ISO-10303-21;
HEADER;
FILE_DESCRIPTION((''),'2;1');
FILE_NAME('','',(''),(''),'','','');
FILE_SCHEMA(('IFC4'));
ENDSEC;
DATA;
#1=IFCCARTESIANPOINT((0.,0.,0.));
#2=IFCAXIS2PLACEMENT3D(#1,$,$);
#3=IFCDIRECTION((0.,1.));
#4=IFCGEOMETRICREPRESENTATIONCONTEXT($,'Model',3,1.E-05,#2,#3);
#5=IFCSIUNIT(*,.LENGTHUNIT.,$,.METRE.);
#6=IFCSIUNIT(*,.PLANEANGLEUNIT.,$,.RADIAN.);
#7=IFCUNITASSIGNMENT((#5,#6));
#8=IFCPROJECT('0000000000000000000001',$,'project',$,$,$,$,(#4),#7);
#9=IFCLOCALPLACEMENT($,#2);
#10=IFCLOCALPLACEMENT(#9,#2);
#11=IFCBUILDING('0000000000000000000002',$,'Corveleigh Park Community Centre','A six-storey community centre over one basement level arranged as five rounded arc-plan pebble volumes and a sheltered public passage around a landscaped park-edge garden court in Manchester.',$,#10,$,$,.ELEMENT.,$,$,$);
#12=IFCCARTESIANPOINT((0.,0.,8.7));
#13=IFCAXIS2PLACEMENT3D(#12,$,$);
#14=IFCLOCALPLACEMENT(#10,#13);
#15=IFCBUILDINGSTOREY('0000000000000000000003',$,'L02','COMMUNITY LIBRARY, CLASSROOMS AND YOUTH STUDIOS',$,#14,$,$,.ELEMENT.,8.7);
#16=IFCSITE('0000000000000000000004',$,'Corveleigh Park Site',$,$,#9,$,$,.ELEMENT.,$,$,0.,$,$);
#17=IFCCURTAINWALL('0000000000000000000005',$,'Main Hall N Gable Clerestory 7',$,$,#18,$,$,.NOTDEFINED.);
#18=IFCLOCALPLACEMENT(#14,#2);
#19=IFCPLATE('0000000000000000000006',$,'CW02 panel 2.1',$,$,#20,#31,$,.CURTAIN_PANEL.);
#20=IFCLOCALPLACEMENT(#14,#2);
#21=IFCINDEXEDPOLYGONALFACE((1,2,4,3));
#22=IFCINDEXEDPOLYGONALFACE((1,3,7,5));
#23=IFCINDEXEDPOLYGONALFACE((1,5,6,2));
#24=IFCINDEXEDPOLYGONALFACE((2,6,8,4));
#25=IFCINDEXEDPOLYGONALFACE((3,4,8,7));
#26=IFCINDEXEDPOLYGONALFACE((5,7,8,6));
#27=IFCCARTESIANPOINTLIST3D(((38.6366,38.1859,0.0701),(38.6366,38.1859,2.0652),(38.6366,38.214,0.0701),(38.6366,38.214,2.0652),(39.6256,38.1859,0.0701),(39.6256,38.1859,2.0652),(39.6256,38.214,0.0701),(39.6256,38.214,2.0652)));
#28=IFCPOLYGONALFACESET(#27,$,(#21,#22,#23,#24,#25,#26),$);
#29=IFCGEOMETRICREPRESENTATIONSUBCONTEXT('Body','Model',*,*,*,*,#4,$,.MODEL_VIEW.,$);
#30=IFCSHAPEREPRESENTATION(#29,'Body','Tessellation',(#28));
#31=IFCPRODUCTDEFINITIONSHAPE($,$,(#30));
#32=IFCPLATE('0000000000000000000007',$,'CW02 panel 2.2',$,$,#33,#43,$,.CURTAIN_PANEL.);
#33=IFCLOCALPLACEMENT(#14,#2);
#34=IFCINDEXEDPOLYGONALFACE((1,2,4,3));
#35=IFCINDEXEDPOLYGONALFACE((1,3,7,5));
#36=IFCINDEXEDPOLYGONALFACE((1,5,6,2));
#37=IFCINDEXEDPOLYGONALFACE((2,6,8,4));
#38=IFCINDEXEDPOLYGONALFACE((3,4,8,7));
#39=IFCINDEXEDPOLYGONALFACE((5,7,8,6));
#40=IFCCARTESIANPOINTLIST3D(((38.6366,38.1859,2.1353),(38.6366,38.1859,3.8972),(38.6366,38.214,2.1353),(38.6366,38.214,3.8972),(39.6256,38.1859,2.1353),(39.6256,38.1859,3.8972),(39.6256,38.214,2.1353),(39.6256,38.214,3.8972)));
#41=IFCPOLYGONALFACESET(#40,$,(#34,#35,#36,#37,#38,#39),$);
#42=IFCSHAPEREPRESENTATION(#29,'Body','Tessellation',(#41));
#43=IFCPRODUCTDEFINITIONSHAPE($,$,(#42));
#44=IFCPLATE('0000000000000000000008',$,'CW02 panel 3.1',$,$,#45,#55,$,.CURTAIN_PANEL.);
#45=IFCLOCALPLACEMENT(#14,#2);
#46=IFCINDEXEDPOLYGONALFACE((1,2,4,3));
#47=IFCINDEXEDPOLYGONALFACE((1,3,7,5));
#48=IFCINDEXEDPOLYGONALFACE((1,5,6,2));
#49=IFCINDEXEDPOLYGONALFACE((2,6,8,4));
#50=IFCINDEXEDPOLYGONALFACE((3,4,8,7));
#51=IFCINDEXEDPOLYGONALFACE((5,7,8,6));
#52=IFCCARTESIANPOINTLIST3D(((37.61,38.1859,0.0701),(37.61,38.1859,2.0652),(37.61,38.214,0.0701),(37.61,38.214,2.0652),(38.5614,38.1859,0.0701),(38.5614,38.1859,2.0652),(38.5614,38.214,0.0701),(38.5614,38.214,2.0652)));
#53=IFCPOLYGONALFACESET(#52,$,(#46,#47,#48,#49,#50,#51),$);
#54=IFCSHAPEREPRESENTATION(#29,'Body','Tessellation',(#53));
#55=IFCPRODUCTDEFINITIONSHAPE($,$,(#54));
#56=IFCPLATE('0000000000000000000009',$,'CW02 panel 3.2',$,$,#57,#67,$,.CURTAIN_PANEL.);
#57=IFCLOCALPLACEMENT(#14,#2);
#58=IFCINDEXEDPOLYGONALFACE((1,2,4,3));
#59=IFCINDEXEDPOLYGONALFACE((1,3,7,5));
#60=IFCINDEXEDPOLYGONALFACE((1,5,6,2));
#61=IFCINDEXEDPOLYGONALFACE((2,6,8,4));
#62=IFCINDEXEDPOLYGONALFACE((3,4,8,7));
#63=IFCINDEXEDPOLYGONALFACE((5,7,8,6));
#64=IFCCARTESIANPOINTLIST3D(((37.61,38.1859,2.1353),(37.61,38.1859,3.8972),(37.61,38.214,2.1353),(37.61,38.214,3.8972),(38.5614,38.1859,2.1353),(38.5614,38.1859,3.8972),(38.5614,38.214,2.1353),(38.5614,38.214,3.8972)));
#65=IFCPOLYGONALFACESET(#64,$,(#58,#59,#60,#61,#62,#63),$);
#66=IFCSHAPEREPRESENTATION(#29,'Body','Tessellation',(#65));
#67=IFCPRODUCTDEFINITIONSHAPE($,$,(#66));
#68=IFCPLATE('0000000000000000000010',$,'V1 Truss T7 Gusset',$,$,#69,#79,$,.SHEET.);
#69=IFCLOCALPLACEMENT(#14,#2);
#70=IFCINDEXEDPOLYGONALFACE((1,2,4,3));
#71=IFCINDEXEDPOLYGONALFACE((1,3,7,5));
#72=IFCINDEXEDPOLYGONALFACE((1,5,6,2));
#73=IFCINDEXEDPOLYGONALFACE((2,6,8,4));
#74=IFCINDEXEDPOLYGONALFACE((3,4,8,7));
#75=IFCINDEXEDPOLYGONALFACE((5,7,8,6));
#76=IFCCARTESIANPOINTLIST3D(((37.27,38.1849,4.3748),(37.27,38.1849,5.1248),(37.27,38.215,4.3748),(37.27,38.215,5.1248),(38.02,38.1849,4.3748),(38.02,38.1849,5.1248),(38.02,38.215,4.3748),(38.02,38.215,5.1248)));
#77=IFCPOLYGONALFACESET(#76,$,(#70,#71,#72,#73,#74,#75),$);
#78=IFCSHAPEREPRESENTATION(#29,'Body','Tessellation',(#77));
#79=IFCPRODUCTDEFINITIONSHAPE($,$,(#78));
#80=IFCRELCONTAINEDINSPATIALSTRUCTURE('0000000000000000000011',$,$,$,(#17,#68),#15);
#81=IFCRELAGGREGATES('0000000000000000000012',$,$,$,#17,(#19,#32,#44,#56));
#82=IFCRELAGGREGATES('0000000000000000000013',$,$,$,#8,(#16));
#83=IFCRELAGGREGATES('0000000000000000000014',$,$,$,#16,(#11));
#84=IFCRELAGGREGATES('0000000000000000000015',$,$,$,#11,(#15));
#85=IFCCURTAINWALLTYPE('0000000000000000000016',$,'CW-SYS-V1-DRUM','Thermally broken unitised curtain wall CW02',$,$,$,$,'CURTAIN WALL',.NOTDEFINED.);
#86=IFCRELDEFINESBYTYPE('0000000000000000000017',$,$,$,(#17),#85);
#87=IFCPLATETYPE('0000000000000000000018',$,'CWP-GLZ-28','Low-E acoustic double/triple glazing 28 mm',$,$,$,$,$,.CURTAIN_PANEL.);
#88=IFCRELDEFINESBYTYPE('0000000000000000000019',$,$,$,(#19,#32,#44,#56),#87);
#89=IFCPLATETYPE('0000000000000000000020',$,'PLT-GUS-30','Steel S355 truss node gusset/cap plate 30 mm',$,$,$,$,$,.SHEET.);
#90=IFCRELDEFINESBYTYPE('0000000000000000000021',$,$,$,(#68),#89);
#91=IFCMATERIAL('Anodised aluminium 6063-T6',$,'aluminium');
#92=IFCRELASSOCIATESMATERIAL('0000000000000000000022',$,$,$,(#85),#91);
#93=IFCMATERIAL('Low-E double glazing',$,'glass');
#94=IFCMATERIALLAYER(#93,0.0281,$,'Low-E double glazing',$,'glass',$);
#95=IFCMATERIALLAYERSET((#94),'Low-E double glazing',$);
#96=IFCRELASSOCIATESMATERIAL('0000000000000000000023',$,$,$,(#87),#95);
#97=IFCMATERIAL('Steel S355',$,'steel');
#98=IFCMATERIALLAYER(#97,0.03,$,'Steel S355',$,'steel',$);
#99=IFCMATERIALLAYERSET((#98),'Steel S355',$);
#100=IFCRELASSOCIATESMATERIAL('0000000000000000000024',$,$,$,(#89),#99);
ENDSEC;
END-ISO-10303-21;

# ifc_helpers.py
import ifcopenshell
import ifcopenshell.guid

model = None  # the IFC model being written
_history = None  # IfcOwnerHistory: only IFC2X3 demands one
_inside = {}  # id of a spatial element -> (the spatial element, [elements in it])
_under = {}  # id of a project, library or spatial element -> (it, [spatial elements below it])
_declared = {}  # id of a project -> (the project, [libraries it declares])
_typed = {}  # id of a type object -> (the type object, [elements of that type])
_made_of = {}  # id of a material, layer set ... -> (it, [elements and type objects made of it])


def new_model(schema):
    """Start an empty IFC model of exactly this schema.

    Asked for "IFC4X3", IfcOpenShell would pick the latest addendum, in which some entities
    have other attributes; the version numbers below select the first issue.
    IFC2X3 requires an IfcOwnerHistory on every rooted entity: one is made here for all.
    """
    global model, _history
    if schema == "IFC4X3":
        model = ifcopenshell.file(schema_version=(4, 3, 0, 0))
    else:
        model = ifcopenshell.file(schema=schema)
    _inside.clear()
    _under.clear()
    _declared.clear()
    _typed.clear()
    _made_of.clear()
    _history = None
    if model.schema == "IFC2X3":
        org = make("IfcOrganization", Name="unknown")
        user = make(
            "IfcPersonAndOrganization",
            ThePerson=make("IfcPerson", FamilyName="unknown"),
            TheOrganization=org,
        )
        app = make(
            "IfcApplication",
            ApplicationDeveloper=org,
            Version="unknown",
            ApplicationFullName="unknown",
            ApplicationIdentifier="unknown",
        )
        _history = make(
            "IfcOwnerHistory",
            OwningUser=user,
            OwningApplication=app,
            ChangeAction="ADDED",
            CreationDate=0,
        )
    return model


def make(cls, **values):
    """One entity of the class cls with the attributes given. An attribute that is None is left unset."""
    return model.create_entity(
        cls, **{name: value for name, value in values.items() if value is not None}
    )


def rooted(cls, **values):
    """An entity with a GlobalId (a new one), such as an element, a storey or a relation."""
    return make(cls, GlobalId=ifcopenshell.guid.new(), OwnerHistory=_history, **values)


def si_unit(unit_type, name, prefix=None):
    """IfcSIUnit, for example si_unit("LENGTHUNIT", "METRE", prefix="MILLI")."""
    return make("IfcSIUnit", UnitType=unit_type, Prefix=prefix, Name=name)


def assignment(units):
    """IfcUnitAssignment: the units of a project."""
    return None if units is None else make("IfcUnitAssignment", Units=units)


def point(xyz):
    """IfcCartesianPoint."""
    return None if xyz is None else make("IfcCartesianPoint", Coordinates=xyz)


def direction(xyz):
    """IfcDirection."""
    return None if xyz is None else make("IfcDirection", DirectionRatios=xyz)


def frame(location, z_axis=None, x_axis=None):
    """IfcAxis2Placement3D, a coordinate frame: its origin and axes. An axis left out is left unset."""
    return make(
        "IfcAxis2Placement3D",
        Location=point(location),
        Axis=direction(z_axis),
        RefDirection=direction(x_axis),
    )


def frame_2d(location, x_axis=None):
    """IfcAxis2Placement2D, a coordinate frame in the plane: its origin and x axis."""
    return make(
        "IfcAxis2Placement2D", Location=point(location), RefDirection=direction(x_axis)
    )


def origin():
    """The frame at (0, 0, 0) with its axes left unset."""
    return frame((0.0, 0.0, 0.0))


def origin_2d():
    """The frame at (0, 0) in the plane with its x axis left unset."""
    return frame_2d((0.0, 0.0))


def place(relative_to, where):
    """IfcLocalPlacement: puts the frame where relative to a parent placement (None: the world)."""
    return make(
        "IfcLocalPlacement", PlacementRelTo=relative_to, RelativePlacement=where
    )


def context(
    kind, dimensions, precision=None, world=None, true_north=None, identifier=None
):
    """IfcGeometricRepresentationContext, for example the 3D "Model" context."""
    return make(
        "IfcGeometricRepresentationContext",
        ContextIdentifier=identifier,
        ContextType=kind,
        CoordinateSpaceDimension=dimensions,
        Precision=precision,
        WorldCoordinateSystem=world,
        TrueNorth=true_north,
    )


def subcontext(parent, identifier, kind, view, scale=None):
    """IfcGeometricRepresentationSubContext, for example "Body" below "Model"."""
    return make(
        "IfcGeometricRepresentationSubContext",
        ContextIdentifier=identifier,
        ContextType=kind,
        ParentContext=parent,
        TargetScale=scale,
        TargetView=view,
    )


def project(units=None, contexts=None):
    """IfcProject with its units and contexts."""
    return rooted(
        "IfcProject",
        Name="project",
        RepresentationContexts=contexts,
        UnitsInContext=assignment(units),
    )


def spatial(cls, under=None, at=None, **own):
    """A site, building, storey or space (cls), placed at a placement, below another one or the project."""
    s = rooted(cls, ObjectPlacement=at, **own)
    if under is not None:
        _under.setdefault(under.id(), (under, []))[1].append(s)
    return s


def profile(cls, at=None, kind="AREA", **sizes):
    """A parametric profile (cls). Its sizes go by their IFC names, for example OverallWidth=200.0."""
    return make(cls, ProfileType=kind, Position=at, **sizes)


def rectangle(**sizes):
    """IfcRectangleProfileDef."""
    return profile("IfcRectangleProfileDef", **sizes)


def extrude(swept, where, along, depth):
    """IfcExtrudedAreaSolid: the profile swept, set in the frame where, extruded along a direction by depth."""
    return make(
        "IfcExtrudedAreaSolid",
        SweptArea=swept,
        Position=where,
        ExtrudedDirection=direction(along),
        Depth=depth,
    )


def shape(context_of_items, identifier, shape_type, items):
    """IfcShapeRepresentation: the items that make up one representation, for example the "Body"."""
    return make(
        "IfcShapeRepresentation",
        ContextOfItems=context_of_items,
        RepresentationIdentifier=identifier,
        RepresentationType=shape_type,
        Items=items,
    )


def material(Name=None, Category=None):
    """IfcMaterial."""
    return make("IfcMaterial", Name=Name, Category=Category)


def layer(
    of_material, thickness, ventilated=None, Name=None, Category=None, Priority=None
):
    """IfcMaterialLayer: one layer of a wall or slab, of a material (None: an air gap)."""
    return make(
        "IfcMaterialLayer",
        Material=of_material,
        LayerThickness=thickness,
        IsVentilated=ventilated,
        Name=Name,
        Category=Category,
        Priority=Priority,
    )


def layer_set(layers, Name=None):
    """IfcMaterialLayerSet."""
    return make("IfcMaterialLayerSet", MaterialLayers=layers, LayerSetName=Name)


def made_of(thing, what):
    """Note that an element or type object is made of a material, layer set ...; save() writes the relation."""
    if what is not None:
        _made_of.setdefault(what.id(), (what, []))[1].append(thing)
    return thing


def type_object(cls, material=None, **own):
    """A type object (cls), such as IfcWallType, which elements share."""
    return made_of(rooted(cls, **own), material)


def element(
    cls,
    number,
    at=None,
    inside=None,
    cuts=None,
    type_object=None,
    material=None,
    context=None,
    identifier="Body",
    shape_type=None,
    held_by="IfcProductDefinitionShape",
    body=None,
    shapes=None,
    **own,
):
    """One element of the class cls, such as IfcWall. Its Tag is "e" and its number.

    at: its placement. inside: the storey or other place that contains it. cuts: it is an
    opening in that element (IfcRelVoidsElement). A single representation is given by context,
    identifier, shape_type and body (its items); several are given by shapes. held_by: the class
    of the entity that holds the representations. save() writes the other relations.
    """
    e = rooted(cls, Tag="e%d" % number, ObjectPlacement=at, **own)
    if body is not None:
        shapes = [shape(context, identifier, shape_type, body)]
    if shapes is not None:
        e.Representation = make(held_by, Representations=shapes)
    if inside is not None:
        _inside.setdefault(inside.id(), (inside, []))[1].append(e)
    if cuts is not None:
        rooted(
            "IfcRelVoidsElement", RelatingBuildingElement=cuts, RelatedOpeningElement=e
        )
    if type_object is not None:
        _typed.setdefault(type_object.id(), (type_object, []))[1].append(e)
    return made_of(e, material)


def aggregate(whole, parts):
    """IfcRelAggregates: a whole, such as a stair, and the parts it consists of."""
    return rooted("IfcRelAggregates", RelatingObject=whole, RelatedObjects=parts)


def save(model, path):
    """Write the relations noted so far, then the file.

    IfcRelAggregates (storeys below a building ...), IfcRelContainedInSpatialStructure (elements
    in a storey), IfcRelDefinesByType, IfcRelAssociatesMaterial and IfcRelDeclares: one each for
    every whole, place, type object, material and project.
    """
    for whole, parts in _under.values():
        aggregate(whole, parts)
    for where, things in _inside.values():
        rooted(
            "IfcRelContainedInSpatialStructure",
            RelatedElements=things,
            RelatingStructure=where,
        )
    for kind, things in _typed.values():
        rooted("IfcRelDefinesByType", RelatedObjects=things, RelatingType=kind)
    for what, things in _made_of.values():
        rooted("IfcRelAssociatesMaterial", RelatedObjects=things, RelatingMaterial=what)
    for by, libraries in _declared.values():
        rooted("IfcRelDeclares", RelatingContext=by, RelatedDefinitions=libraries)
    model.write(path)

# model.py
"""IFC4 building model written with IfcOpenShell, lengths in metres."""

from ifc_helpers import new_model, si_unit, direction, frame, origin, origin_2d, place, context, subcontext, project, spatial, rectangle, extrude, material, layer, layer_set, type_object, element, aggregate, save


model = new_model("IFC4")

# Units and contexts
model_context = context("Model", 3, precision=1e-05, world=origin(), true_north=direction((0.0, 1.0)))
body_context = subcontext(model_context, "Body", "Model", "MODEL_VIEW")
ifc_project = project(units=[si_unit("LENGTHUNIT", "METRE"), si_unit("PLANEANGLEUNIT", "RADIAN")], contexts=[model_context])

# Site, building, storey
site_placement = place(None, origin())
site = spatial("IfcSite", under=ifc_project, at=site_placement, Name="Corveleigh Park Site", CompositionType="ELEMENT", RefElevation=0.0)
building_placement = place(site_placement, origin())
building = spatial("IfcBuilding", under=site, at=building_placement, Name="Corveleigh Park Community Centre", Description="A six-storey community centre over one basement level arranged as five rounded arc-plan pebble volumes and a sheltered public passage around a landscaped park-edge garden court in Manchester.", CompositionType="ELEMENT")
storey_placement = place(building_placement, frame((0.0, 0.0, 8.7)))
storey = spatial("IfcBuildingStorey", under=building, at=storey_placement, Name="L02", Description="COMMUNITY LIBRARY, CLASSROOMS AND YOUTH STUDIOS", CompositionType="ELEMENT", Elevation=8.7)

# Curtain wall
ifc_material_1 = material(Name="Anodised aluminium 6063-T6", Category="aluminium")
curtain_wall_type = type_object("IfcCurtainWallType", Name="CW-SYS-V1-DRUM", Description="Thermally broken unitised curtain wall CW02", ElementType="CURTAIN WALL", PredefinedType="NOTDEFINED", material=ifc_material_1)
curtain_wall_1_placement = place(storey_placement, origin())
curtain_wall_1 = element("IfcCurtainWall", 1, at=curtain_wall_1_placement, inside=storey, type_object=curtain_wall_type, Name="Main Hall N Gable Clerestory 7", PredefinedType="NOTDEFINED")

# Shared definitions
ifc_material_2 = material(Name="Steel S355", Category="steel")

# Plates
ifc_material_3 = material(Name="Low-E double glazing", Category="glass")
ifc_layer_1 = layer(ifc_material_3, 0.0281, Name="Low-E double glazing", Category="glass")
ifc_layer_set_1 = layer_set([ifc_layer_1], Name="Low-E double glazing")
plate_type_1 = type_object("IfcPlateType", Name="CWP-GLZ-28", Description="Low-E acoustic double/triple glazing 28 mm", PredefinedType="CURTAIN_PANEL", material=ifc_layer_set_1)
plate_1_placement = place(storey_placement, frame((39.1311, 38.2, 0.0701), z_axis=(0.0, 0.0, 1.0), x_axis=(-1.0, 0.0, 0.0)))
plate_1 = element("IfcPlate", 2, at=plate_1_placement, type_object=plate_type_1, Name="CW02 panel 2.1", PredefinedType="CURTAIN_PANEL", context=body_context, shape_type="SweptSolid", body=[
    extrude(rectangle(XDim=0.989, YDim=0.0281, at=origin_2d()), origin(), (0.0, 0.0, 1.0), 1.9951),
])
plate_2_placement = place(storey_placement, frame((39.1311, 38.2, 2.1353), z_axis=(0.0, 0.0, 1.0), x_axis=(-1.0, 0.0, 0.0)))
plate_2 = element("IfcPlate", 3, at=plate_2_placement, type_object=plate_type_1, Name="CW02 panel 2.2", PredefinedType="CURTAIN_PANEL", context=body_context, shape_type="SweptSolid", body=[
    extrude(rectangle(XDim=0.989, YDim=0.0281, at=origin_2d()), origin(), (0.0, 0.0, 1.0), 1.762),
])
plate_3_placement = place(storey_placement, frame((38.0857, 38.2, 0.0701), z_axis=(0.0, 0.0, 1.0), x_axis=(-1.0, 0.0, 0.0)))
plate_3 = element("IfcPlate", 4, at=plate_3_placement, type_object=plate_type_1, Name="CW02 panel 3.1", PredefinedType="CURTAIN_PANEL", context=body_context, shape_type="SweptSolid", body=[
    extrude(rectangle(XDim=0.9514, YDim=0.0281, at=origin_2d()), origin(), (0.0, 0.0, 1.0), 1.9951),
])
plate_4_placement = place(storey_placement, frame((38.0857, 38.2, 2.1353), z_axis=(0.0, 0.0, 1.0), x_axis=(-1.0, 0.0, 0.0)))
plate_4 = element("IfcPlate", 5, at=plate_4_placement, type_object=plate_type_1, Name="CW02 panel 3.2", PredefinedType="CURTAIN_PANEL", context=body_context, shape_type="SweptSolid", body=[
    extrude(rectangle(XDim=0.9514, YDim=0.0281, at=origin_2d()), origin(), (0.0, 0.0, 1.0), 1.762),
])
aggregate(curtain_wall_1, [plate_1, plate_2, plate_3, plate_4])
ifc_layer_2 = layer(ifc_material_2, 0.03, Name="Steel S355", Category="steel")
ifc_layer_set_2 = layer_set([ifc_layer_2], Name="Steel S355")
plate_type_2 = type_object("IfcPlateType", Name="PLT-GUS-30", Description="Steel S355 truss node gusset/cap plate 30 mm", PredefinedType="SHEET", material=ifc_layer_set_2)
plate_5_placement = place(storey_placement, frame((37.645, 38.2, 4.3748), z_axis=(0.0, 0.0, 1.0), x_axis=(1.0, 0.0, 0.0)))
element("IfcPlate", 6, at=plate_5_placement, inside=storey, type_object=plate_type_2, Name="V1 Truss T7 Gusset", PredefinedType="SHEET", context=body_context, shape_type="SweptSolid", body=[
    extrude(rectangle(XDim=0.75, YDim=0.03, at=origin_2d()), origin(), (0.0, 0.0, 1.0), 0.75),
])

save(model, "model.ifc")
